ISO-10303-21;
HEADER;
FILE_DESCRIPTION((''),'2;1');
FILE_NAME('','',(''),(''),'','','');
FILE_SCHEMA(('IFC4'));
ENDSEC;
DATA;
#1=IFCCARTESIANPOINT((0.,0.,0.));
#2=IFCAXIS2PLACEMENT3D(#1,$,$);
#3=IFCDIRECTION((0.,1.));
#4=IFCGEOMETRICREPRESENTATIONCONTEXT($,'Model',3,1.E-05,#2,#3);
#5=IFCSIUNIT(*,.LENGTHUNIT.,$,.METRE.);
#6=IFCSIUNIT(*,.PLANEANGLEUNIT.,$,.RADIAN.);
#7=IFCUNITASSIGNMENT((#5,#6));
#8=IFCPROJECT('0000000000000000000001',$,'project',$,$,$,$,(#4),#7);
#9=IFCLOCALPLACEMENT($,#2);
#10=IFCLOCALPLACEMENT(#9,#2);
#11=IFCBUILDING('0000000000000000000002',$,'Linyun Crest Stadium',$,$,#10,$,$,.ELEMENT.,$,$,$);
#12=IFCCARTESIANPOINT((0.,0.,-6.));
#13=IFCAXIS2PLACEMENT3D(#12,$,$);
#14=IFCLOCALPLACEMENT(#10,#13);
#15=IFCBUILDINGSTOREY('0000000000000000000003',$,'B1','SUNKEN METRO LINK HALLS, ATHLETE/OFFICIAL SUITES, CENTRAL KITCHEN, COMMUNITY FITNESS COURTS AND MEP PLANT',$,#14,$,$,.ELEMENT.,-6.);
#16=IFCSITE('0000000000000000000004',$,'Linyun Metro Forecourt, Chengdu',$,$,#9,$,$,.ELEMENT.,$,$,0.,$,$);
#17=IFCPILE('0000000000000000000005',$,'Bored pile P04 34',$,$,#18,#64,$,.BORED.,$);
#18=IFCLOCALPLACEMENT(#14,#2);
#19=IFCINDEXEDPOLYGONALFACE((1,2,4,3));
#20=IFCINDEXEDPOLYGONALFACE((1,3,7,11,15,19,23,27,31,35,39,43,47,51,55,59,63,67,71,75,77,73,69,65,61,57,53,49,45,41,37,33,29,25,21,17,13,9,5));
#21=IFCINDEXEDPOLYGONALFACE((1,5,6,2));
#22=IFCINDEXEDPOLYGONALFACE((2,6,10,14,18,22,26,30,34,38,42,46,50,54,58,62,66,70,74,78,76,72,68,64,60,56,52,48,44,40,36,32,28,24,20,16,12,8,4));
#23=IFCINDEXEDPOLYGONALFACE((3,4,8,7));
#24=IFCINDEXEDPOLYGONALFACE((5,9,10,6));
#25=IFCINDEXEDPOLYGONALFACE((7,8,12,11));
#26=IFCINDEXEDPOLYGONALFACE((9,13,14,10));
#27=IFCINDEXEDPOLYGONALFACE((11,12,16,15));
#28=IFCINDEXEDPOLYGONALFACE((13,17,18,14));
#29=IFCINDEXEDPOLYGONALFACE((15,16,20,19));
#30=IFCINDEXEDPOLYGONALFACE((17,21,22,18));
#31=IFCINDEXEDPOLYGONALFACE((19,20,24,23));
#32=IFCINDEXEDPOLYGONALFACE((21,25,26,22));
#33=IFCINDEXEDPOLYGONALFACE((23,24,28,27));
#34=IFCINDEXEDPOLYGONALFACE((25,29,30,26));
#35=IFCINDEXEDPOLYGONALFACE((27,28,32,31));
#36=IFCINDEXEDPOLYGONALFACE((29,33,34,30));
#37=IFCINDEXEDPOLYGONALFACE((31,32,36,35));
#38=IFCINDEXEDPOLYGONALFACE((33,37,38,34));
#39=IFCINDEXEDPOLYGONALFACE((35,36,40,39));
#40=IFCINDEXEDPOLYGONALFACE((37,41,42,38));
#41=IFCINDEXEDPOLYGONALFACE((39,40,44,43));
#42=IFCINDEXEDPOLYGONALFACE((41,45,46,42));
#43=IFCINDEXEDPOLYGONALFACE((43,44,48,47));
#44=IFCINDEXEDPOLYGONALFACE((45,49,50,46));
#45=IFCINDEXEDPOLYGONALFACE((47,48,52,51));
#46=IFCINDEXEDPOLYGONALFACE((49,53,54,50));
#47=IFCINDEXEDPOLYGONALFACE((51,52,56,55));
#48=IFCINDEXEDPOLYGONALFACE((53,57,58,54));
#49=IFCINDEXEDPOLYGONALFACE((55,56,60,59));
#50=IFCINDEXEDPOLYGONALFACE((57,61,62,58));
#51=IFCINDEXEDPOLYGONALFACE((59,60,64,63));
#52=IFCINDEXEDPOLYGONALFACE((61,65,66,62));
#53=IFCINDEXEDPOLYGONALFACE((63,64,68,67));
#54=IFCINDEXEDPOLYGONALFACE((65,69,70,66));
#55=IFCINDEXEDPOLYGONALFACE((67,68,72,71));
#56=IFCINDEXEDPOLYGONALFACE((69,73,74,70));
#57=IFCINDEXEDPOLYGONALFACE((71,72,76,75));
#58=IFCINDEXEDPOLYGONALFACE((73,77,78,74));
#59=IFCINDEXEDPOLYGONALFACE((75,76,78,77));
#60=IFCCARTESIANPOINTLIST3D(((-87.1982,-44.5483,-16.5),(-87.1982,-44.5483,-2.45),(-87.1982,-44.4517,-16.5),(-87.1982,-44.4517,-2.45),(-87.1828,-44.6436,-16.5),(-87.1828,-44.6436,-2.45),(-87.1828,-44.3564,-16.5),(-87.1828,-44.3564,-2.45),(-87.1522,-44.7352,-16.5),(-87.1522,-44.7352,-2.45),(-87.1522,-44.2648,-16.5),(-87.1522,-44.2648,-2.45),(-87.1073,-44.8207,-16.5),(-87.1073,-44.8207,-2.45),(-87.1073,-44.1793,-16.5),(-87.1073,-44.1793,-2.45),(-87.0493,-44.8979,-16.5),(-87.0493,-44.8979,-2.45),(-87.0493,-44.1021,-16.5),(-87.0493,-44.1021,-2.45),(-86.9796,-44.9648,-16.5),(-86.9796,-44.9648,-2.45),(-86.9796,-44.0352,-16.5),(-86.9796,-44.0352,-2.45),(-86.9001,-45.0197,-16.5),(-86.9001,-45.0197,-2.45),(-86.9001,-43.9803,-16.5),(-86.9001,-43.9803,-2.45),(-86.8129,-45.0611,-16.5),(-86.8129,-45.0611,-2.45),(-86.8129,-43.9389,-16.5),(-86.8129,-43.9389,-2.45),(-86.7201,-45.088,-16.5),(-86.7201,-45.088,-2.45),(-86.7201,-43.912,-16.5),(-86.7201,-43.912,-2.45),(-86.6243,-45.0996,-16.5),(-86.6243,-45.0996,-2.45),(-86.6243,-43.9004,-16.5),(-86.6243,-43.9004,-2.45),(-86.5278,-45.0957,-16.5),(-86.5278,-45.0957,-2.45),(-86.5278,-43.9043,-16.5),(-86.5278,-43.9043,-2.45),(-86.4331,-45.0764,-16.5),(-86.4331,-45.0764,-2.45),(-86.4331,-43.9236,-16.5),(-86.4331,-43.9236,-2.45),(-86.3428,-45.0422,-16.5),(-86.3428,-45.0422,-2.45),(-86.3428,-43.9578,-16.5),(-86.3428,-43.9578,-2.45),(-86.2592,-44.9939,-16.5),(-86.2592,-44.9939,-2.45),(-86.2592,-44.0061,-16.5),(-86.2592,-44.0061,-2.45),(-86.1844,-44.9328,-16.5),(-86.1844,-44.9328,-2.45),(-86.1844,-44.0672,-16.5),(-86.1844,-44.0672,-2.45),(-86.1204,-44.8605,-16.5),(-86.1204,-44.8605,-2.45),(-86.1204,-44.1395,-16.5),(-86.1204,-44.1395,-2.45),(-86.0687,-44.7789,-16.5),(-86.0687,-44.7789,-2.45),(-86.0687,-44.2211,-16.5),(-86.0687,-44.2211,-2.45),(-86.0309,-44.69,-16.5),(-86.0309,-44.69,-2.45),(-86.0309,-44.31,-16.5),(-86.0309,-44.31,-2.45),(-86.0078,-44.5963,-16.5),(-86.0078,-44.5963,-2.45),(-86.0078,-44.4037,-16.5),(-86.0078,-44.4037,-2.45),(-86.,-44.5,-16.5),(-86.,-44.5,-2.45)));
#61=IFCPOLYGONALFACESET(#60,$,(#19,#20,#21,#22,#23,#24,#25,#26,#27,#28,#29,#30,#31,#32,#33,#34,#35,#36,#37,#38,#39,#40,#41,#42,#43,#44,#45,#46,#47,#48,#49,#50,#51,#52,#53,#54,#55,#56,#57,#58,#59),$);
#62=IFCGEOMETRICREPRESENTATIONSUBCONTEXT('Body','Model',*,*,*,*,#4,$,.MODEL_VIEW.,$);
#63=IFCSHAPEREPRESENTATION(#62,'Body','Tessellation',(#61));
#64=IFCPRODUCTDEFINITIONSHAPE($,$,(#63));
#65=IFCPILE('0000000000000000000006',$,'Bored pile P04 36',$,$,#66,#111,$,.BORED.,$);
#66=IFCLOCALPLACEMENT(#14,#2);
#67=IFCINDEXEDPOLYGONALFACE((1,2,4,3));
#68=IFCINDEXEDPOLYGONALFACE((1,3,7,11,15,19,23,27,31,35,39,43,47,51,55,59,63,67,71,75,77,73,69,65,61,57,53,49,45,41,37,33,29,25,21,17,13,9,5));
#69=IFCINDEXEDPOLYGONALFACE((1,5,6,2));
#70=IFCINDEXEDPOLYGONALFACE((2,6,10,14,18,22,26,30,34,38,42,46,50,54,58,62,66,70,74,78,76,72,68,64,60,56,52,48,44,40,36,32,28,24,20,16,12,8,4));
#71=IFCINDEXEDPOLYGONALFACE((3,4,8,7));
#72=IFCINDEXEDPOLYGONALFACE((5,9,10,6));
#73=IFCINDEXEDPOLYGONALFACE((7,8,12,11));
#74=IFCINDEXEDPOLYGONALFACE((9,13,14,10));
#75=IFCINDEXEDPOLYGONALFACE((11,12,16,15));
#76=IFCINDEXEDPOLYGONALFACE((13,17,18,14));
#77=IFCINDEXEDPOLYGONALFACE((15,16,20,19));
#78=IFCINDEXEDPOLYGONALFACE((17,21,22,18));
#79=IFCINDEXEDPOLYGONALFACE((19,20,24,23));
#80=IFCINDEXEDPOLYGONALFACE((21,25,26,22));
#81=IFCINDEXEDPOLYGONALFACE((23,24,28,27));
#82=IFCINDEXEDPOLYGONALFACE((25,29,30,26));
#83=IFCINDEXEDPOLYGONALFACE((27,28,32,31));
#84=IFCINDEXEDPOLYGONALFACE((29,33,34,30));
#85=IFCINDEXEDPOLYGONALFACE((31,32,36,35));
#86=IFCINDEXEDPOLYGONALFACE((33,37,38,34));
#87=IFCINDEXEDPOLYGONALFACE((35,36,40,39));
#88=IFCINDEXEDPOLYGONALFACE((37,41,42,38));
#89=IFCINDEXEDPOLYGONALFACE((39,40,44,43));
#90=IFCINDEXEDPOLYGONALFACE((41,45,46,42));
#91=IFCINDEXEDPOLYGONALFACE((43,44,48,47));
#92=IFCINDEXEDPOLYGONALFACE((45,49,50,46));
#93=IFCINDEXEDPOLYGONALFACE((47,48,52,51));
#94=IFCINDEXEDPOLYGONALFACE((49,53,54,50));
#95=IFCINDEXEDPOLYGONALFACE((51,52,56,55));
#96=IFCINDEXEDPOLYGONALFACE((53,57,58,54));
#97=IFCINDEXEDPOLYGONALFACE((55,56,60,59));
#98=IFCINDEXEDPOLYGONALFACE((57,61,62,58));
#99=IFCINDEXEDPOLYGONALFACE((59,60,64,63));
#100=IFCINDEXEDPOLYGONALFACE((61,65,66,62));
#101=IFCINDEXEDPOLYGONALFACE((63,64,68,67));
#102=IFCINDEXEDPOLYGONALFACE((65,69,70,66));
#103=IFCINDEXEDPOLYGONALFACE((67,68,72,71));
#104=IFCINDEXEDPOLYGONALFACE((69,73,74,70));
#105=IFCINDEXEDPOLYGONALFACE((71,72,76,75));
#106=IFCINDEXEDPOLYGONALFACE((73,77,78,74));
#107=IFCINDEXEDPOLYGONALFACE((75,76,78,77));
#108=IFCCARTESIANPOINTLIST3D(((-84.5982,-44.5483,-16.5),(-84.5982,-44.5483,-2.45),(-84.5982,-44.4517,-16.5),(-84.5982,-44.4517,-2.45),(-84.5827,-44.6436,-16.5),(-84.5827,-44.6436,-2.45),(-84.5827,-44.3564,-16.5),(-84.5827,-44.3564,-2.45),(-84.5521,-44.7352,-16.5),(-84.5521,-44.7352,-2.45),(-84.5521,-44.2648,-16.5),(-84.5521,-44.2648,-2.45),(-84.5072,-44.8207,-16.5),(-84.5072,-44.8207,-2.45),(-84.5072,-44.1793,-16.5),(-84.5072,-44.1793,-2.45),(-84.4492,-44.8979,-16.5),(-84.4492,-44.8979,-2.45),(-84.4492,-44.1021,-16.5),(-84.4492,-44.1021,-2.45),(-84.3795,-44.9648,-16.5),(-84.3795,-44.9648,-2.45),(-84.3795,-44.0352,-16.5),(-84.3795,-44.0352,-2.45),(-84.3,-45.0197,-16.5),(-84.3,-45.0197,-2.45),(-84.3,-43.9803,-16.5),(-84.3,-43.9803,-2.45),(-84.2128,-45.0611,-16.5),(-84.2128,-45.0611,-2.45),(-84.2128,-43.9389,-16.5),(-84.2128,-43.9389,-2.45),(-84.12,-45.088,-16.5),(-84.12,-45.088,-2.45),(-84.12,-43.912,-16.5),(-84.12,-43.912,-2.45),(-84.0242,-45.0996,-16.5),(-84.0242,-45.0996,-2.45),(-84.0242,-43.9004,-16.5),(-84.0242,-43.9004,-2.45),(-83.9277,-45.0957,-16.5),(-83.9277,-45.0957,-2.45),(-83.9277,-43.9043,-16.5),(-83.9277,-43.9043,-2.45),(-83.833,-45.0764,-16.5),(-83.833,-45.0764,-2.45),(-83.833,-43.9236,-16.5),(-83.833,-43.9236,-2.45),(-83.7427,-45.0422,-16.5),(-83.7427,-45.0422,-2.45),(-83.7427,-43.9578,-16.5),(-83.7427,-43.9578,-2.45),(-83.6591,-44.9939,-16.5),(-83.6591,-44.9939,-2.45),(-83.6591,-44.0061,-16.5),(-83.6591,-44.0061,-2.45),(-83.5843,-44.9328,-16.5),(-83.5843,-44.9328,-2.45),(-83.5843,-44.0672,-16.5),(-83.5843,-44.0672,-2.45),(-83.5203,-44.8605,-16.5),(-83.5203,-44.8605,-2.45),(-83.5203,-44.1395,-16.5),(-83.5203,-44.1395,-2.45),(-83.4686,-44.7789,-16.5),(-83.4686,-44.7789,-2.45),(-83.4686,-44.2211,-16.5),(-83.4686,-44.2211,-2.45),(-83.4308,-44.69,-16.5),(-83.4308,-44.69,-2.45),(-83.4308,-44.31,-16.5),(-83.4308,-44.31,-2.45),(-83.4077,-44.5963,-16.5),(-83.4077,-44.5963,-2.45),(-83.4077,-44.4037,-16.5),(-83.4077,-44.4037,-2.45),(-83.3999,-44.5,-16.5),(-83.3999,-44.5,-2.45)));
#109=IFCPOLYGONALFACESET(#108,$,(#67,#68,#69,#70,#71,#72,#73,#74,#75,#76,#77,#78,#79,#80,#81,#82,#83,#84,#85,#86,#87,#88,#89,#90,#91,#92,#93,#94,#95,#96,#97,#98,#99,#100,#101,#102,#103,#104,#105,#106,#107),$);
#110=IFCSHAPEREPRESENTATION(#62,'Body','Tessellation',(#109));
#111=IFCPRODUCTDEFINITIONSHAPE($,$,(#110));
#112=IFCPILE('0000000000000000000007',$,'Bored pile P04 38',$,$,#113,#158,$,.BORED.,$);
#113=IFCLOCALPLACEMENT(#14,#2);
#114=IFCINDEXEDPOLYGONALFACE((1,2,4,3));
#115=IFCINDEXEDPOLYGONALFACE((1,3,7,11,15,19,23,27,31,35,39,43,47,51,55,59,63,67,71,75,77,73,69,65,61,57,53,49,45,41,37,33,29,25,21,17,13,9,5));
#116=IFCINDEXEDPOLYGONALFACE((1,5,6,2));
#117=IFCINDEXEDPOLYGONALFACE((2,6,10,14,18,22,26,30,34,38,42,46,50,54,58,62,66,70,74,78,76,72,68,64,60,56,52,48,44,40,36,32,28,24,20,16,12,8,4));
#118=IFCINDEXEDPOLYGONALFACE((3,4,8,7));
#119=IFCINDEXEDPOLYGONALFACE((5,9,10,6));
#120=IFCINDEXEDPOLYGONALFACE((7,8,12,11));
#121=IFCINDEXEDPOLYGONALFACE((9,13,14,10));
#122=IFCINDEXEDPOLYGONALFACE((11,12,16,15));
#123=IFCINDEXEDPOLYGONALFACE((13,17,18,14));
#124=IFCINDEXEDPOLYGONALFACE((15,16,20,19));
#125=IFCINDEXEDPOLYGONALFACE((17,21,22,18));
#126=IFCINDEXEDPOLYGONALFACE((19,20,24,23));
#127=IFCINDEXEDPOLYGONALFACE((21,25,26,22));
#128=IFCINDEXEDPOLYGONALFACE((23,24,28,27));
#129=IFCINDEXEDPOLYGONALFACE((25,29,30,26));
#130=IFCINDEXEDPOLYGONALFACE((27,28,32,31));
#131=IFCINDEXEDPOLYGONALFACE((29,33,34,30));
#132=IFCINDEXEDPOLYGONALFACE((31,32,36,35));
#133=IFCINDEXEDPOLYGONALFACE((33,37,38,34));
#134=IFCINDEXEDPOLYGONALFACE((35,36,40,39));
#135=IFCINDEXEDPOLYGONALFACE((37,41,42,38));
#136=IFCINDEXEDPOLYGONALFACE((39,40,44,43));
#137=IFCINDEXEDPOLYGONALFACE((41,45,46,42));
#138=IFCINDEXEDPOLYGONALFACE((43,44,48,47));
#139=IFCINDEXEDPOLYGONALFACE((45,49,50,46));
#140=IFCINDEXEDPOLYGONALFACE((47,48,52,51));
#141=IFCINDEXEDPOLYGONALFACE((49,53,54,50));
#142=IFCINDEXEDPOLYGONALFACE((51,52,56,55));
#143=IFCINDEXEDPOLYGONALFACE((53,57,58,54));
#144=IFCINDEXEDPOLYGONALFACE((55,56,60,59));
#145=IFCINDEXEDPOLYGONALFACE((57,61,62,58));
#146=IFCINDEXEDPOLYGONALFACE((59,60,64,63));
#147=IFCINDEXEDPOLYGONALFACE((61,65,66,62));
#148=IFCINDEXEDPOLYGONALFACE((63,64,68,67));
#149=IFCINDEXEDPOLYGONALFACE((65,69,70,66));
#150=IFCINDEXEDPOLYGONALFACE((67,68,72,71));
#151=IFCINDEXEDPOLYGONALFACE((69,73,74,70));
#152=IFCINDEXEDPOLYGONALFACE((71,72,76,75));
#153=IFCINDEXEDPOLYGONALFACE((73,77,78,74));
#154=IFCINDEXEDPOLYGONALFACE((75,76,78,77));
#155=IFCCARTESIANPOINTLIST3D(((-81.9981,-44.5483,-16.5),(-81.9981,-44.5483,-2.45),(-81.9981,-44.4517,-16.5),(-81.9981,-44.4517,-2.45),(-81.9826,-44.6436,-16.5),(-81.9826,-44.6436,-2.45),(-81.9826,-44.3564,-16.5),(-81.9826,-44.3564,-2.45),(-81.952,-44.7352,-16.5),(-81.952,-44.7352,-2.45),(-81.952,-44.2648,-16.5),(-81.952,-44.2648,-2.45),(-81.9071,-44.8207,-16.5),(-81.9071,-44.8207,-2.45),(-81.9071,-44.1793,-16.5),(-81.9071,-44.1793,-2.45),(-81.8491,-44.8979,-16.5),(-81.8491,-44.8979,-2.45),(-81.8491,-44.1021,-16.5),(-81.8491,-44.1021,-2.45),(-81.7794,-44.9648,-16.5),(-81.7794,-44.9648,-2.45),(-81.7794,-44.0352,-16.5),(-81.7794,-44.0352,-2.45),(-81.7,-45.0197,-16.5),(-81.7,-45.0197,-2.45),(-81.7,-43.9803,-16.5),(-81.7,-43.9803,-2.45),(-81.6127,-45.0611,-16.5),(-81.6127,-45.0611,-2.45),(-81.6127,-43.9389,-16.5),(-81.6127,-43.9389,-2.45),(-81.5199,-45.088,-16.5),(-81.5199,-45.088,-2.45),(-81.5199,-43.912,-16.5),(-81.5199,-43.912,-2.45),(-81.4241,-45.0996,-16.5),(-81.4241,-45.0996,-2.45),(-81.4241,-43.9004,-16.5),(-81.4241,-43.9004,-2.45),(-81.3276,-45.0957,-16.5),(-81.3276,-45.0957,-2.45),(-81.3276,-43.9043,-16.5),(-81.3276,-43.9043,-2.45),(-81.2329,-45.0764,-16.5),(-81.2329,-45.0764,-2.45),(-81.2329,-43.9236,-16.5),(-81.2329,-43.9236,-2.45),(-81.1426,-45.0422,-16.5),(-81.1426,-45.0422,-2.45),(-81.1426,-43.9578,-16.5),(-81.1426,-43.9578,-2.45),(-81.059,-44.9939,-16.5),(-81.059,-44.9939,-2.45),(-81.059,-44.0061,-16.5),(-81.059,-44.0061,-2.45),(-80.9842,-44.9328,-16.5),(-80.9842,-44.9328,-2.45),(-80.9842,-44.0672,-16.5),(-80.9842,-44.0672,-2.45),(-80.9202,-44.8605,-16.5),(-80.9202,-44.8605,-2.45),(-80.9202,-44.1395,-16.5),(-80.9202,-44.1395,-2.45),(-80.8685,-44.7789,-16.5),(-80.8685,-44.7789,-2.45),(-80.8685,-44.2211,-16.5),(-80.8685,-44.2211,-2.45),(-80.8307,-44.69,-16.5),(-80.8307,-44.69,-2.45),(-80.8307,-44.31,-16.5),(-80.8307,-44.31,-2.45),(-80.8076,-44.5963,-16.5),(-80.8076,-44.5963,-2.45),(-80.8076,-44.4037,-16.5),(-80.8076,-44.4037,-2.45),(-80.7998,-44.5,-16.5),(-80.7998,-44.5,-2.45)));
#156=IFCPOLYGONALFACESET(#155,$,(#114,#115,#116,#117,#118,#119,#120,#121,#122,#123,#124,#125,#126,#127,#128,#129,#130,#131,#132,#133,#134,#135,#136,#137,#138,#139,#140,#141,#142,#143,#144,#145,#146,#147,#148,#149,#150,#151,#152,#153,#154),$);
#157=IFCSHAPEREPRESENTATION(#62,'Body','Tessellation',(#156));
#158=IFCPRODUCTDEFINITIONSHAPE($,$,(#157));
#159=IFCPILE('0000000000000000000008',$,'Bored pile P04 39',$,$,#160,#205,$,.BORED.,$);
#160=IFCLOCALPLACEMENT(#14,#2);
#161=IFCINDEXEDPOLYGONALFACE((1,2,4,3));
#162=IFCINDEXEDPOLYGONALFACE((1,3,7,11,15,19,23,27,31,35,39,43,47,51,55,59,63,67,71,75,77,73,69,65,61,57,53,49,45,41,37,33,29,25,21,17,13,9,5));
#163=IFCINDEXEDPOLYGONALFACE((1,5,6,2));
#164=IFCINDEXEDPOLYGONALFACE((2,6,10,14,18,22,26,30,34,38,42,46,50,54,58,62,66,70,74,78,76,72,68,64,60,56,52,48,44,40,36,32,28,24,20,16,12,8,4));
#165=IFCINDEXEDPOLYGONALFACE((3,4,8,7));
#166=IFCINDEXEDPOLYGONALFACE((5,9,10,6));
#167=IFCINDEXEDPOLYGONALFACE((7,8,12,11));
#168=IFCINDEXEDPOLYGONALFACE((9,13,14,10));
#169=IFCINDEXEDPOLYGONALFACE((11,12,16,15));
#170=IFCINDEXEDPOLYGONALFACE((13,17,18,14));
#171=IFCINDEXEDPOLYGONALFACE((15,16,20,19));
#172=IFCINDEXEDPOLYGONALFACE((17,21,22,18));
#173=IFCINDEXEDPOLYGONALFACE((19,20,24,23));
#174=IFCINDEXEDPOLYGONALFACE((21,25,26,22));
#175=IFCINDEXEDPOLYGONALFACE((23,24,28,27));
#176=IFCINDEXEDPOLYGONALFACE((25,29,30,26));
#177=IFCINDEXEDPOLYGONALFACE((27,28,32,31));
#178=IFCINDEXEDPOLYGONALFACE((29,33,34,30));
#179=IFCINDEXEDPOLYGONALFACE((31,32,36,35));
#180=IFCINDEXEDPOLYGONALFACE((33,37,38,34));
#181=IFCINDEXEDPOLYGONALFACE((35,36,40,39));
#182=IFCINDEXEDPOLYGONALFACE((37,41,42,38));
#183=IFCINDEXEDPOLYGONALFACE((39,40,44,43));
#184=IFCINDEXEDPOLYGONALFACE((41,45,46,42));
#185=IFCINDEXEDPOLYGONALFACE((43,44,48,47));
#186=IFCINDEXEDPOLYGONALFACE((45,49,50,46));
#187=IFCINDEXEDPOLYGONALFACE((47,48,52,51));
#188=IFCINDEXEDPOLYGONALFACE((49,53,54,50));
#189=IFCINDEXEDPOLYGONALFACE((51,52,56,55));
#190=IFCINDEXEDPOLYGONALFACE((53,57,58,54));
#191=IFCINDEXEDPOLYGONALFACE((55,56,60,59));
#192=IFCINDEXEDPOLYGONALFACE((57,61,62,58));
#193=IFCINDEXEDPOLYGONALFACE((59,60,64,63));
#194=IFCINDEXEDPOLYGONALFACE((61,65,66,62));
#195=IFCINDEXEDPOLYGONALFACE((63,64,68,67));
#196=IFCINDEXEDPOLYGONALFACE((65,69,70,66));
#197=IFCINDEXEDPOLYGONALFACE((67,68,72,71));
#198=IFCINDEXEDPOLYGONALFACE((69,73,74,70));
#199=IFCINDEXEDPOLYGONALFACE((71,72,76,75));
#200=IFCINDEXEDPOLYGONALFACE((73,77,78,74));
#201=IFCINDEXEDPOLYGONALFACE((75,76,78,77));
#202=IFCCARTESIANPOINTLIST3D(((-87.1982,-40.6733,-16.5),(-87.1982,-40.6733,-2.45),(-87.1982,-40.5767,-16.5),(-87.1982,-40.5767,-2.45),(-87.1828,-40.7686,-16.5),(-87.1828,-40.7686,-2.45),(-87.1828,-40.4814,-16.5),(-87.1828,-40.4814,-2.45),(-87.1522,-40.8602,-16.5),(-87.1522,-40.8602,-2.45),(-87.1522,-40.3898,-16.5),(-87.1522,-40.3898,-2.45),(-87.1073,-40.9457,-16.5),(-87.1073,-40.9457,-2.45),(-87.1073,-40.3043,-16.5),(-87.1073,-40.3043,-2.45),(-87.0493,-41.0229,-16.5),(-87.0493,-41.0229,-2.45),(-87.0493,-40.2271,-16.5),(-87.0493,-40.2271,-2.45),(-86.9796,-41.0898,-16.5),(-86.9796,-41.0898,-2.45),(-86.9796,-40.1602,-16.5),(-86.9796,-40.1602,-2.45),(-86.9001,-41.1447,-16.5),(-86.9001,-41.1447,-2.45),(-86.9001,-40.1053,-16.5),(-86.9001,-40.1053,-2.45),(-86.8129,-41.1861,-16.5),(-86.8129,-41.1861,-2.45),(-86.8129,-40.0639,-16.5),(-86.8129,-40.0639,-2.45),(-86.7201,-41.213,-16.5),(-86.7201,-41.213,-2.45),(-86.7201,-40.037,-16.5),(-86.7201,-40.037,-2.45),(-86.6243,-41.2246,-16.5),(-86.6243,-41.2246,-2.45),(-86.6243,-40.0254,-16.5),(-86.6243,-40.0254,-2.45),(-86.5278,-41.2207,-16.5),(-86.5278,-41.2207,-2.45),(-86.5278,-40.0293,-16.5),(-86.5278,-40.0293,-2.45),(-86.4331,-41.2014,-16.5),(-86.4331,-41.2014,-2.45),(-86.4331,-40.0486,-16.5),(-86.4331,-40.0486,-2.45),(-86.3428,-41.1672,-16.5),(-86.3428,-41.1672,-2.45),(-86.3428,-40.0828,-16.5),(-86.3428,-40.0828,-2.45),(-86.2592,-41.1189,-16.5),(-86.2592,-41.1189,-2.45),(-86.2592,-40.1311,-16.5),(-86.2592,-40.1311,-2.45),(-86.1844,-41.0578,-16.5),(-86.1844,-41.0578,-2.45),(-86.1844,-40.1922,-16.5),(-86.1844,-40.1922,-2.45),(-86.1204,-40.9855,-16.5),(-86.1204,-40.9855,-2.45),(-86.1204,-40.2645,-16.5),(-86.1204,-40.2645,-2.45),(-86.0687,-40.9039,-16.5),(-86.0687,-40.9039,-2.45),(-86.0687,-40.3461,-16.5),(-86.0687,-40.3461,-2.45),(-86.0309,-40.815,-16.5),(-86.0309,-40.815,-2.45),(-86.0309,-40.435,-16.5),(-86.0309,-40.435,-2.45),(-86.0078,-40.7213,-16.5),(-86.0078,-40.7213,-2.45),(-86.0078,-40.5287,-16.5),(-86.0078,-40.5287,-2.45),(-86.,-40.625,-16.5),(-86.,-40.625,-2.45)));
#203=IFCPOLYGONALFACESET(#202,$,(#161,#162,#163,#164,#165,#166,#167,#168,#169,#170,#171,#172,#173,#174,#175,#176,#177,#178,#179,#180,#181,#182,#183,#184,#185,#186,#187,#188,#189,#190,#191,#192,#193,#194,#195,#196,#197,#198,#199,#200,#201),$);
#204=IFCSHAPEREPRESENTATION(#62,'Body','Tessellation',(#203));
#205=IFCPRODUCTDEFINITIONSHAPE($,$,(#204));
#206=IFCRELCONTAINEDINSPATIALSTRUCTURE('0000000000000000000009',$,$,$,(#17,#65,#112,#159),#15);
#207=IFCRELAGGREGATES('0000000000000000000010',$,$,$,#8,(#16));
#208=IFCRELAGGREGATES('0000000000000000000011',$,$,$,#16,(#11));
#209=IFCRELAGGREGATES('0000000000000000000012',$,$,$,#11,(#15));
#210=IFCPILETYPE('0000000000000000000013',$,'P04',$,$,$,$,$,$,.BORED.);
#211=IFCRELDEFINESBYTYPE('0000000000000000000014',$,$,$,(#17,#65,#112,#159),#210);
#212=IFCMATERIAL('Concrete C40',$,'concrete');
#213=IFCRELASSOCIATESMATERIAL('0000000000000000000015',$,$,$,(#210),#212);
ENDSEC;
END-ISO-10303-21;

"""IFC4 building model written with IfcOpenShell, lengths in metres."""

from ifc_helpers import new_model, si_unit, direction, frame, origin, origin_2d, place, context, subcontext, project, spatial, circle, extrude, material, material_profile, profile_set, type_object, element, save


model = new_model("IFC4")

# Units and contexts
model_context = context("Model", 3, precision=1e-05, world=origin(), true_north=direction((0.0, 1.0)))
body_context = subcontext(model_context, "Body", "Model", "MODEL_VIEW")
ifc_project = project(units=[si_unit("LENGTHUNIT", "METRE"), si_unit("PLANEANGLEUNIT", "RADIAN")], contexts=[model_context])

# Site, building, storey
site_placement = place(None, origin())
site = spatial("IfcSite", under=ifc_project, at=site_placement, Name="Linyun Metro Forecourt, Chengdu", CompositionType="ELEMENT", RefElevation=0.0)
building_placement = place(site_placement, origin())
building = spatial("IfcBuilding", under=site, at=building_placement, Name="Linyun Crest Stadium", CompositionType="ELEMENT")
storey_placement = place(building_placement, frame((0.0, 0.0, -6.0)))
storey = spatial("IfcBuildingStorey", under=building, at=storey_placement, Name="B1", Description="SUNKEN METRO LINK HALLS, ATHLETE/OFFICIAL SUITES, CENTRAL KITCHEN, COMMUNITY FITNESS COURTS AND MEP PLANT", CompositionType="ELEMENT", Elevation=-6.0)

# Piles
ifc_material_1 = material(Name="Concrete C40", Category="concrete")
ifc_material_profile_1 = material_profile(ifc_material_1, circle(Radius=0.6001, at=origin_2d()), Name="BORED PILE 1200")
ifc_profile_set_1 = profile_set([ifc_material_profile_1], Name="Concrete C40")
pile_type = type_object("IfcPileType", Name="P04", PredefinedType="BORED", material=ifc_profile_set_1)
for number, where, z_axis, x_axis, name in (
    (1, (-86.6001, -44.5, -2.45), (0.0, 0.0, -1.0), (1.0, 0.0, 0.0), "Bored pile P04 34"),
    (2, (-84.0, -44.5, -2.45), (0.0, 0.0, -1.0), (1.0, 0.0, 0.0), "Bored pile P04 36"),
    (3, (-81.3999, -44.5, -2.45), (0.0, 0.0, -1.0), (1.0, 0.0, 0.0), "Bored pile P04 38"),
    (4, (-86.6001, -40.625, -2.45), (0.0, 0.0, -1.0), (1.0, 0.0, 0.0), "Bored pile P04 39"),
):
    element("IfcPile", number, at=place(storey_placement, frame(where, z_axis=z_axis, x_axis=x_axis)), inside=storey, type_object=pile_type, Name=name, PredefinedType="BORED", context=body_context, shape_type="SweptSolid", body=[
        extrude(circle(Radius=0.6001, at=origin_2d()), origin(), (0.0, 0.0, 1.0), 14.05),
    ])

save(model, "model.ifc")
